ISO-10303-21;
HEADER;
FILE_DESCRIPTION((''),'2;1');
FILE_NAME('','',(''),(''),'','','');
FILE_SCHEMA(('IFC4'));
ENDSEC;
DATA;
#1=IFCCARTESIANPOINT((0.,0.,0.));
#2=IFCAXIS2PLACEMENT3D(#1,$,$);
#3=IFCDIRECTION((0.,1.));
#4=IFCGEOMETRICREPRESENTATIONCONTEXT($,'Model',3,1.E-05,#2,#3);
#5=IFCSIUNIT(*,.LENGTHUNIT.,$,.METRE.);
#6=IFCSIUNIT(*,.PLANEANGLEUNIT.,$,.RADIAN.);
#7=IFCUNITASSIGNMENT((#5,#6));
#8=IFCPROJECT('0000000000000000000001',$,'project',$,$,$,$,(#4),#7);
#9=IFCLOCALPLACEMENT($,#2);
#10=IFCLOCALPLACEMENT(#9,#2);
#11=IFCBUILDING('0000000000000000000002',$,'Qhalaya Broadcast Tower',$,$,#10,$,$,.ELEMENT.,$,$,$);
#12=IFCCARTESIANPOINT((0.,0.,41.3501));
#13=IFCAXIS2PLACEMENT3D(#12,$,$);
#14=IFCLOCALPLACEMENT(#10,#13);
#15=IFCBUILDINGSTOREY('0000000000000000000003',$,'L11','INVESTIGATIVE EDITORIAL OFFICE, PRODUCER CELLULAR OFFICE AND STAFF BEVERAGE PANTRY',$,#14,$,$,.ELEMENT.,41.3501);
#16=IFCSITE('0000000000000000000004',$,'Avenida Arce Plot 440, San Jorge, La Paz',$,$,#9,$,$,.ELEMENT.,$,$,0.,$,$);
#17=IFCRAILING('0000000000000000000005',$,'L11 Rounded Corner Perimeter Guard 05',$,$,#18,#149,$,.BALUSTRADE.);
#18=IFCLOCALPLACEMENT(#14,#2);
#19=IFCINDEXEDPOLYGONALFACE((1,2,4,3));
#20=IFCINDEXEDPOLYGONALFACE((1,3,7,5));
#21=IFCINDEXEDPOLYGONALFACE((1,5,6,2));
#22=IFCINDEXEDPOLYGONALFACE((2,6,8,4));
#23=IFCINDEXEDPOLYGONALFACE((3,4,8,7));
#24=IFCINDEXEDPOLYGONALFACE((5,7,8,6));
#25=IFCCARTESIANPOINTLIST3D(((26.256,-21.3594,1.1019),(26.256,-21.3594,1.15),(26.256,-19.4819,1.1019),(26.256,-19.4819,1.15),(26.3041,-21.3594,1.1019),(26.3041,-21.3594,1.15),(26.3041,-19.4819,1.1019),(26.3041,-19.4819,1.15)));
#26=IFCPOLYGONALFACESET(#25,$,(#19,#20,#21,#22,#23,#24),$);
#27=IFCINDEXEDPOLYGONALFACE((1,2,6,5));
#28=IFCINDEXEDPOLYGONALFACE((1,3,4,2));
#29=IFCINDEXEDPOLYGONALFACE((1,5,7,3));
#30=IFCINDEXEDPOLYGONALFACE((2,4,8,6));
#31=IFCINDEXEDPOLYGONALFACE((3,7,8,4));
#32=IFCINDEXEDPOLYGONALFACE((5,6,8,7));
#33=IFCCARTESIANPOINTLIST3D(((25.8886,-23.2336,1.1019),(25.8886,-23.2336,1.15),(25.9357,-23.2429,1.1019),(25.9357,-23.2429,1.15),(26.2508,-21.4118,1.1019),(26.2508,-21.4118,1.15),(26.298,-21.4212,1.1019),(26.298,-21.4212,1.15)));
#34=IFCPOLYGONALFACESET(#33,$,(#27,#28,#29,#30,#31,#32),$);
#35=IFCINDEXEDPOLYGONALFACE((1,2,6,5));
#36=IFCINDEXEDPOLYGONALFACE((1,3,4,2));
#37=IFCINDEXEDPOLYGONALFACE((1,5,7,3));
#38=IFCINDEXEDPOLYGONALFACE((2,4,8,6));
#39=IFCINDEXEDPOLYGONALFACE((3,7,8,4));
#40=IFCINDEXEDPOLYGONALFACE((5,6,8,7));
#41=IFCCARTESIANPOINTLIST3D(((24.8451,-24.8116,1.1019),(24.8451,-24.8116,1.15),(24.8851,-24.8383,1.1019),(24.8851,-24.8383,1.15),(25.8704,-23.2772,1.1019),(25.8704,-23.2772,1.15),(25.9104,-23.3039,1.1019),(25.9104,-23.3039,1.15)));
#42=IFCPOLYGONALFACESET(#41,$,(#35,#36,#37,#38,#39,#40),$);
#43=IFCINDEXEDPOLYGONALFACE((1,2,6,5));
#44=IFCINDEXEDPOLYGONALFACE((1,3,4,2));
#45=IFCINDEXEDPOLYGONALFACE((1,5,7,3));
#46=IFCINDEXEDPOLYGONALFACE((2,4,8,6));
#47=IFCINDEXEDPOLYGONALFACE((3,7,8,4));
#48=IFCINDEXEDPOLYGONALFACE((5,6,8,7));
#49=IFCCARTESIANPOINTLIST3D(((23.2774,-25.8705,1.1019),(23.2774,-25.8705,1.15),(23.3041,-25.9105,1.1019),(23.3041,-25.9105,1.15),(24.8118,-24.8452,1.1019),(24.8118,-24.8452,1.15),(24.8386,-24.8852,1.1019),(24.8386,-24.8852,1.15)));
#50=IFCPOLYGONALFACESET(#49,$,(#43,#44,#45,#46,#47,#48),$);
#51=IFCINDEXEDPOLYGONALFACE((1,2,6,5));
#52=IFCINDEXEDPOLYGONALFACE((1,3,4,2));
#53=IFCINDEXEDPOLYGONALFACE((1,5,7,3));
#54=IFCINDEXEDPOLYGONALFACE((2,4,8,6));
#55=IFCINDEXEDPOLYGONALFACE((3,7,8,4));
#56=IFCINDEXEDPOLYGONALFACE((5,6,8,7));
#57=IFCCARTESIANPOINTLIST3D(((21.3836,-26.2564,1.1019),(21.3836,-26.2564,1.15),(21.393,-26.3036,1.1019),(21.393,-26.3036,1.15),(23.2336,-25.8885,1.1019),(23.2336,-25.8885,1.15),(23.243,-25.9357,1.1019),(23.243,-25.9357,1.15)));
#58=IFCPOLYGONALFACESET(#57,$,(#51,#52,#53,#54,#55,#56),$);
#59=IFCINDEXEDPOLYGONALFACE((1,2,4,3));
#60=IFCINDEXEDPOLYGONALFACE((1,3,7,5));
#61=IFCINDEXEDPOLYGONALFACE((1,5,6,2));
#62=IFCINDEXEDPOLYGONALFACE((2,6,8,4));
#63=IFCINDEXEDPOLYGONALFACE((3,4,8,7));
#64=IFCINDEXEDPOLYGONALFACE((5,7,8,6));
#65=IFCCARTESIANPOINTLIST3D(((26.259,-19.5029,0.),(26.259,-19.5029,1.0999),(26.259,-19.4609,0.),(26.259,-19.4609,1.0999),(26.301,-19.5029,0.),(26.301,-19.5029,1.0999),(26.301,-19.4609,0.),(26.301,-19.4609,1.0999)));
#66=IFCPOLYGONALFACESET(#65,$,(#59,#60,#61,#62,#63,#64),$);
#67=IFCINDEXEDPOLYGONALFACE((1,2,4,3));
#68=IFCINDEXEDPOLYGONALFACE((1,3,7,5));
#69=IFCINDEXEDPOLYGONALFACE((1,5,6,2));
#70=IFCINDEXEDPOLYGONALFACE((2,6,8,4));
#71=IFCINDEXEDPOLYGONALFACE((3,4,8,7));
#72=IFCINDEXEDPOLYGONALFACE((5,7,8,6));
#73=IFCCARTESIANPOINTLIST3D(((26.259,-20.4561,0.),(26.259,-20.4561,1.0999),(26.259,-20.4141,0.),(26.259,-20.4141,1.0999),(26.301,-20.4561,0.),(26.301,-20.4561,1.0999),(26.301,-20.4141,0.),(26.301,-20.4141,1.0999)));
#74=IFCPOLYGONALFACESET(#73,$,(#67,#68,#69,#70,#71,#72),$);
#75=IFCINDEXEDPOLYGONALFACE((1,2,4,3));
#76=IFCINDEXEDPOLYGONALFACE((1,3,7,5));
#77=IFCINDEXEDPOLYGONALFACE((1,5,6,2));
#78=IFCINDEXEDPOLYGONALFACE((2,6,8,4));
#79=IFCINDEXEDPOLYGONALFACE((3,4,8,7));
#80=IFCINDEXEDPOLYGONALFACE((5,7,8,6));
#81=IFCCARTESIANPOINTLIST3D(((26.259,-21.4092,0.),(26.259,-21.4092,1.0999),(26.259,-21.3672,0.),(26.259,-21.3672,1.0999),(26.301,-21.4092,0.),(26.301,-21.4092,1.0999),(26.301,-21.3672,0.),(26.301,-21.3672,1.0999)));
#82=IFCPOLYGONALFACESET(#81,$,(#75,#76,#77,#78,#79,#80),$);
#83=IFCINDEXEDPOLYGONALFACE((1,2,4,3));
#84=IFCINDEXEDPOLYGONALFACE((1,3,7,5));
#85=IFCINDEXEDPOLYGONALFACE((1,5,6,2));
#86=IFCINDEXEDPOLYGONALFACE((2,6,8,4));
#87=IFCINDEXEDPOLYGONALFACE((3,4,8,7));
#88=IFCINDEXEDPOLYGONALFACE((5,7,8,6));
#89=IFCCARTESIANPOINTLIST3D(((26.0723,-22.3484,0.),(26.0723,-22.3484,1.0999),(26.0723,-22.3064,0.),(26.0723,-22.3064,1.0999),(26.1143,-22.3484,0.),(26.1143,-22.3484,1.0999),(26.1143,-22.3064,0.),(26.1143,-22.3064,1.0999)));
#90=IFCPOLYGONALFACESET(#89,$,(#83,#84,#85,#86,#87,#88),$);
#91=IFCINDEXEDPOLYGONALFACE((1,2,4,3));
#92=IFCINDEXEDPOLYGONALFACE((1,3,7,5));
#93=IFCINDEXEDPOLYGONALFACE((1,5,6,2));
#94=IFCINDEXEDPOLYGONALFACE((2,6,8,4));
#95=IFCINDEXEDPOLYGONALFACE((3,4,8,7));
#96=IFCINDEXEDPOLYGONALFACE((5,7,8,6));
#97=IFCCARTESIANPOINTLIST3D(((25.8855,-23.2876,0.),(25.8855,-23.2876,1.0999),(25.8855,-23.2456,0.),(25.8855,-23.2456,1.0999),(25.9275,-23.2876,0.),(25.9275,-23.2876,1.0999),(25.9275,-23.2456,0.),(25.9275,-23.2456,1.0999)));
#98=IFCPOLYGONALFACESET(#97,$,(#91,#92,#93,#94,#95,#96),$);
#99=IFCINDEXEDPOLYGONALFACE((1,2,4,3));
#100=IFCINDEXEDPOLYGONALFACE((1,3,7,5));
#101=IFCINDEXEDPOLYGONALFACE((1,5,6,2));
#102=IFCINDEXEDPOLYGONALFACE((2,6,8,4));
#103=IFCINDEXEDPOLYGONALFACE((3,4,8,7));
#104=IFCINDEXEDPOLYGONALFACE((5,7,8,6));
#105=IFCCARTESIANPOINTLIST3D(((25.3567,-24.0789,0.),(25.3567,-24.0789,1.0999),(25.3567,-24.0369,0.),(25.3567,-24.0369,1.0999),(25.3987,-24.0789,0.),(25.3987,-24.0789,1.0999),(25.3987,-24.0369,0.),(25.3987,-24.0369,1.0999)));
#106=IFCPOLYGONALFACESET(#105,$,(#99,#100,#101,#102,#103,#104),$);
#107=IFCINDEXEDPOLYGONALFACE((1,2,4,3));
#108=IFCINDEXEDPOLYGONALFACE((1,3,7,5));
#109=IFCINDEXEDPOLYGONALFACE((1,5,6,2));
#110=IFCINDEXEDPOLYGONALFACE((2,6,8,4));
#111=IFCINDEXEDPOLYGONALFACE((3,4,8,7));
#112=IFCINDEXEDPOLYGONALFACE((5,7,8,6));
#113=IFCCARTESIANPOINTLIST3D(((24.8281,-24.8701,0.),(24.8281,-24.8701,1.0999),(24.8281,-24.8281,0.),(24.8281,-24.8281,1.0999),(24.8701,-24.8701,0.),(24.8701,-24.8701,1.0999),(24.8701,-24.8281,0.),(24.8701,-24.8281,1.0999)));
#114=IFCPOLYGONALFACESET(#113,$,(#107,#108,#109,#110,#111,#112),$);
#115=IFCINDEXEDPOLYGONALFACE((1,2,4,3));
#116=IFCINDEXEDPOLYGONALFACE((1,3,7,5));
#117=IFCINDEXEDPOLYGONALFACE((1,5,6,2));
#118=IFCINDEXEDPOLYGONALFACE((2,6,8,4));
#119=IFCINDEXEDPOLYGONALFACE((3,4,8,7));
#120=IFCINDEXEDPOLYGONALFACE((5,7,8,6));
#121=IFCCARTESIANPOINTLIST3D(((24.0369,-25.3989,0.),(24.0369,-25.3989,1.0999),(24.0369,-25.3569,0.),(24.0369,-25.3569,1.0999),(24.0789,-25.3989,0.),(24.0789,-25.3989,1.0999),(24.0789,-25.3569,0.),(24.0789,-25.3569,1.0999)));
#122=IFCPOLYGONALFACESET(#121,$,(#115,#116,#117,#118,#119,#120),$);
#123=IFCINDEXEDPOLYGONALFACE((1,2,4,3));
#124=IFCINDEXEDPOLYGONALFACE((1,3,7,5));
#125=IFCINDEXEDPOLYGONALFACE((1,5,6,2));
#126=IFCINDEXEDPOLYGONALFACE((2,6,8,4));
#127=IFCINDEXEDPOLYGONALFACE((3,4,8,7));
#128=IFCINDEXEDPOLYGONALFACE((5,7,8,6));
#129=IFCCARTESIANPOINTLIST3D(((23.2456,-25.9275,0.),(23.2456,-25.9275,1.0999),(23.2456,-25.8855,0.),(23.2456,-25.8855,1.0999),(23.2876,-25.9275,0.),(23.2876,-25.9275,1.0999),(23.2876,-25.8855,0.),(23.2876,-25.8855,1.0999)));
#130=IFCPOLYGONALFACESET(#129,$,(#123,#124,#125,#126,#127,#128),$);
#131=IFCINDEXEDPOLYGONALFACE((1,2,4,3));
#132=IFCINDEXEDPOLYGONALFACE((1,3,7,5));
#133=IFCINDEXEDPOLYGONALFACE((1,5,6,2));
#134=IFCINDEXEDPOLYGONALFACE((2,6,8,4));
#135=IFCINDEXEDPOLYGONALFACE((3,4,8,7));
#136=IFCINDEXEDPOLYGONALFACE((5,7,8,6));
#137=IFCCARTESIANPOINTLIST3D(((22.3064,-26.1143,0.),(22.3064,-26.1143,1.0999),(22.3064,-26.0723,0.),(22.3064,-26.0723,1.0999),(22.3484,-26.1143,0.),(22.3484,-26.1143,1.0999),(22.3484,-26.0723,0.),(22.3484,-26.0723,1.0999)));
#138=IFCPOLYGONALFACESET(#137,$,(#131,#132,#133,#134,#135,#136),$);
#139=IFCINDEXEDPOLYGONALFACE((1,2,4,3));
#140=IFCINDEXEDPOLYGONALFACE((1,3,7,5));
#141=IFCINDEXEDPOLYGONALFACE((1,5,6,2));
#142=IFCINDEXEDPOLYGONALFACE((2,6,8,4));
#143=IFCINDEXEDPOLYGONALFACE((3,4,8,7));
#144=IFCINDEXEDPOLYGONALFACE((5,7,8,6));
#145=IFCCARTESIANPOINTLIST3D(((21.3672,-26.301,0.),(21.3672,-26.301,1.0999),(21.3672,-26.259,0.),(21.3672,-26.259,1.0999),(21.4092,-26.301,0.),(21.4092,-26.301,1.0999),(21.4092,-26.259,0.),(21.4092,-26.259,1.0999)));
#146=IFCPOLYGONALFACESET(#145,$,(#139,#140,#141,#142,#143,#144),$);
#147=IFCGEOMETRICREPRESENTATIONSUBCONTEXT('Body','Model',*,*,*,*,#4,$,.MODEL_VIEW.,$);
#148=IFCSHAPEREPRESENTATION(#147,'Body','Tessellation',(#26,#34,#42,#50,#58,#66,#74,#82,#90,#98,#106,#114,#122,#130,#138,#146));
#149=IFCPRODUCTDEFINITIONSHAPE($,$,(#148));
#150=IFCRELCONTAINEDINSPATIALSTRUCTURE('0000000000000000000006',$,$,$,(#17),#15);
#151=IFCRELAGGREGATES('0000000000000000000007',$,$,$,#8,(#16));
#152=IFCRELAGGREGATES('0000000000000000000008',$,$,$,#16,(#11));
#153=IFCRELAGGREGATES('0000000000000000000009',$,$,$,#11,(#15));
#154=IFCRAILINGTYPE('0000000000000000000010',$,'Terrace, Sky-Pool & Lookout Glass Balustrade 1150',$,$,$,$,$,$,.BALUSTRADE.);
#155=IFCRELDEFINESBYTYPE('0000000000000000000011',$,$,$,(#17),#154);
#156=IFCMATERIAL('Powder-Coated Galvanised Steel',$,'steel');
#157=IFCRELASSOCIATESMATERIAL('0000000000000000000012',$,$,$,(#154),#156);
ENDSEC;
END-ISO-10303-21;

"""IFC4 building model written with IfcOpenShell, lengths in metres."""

from ifc_helpers import new_model, si_unit, direction, frame, origin, origin_2d, place, context, subcontext, project, spatial, rectangle, extrude, material, type_object, element, save


model = new_model("IFC4")

# Units and contexts
model_context = context("Model", 3, precision=1e-05, world=origin(), true_north=direction((0.0, 1.0)))
body_context = subcontext(model_context, "Body", "Model", "MODEL_VIEW")
ifc_project = project(units=[si_unit("LENGTHUNIT", "METRE"), si_unit("PLANEANGLEUNIT", "RADIAN")], contexts=[model_context])

# Site, building, storey
site_placement = place(None, origin())
site = spatial("IfcSite", under=ifc_project, at=site_placement, Name="Avenida Arce Plot 440, San Jorge, La Paz", CompositionType="ELEMENT", RefElevation=0.0)
building_placement = place(site_placement, origin())
building = spatial("IfcBuilding", under=site, at=building_placement, Name="Qhalaya Broadcast Tower", CompositionType="ELEMENT")
storey_placement = place(building_placement, frame((0.0, 0.0, 41.3501)))
storey = spatial("IfcBuildingStorey", under=building, at=storey_placement, Name="L11", Description="INVESTIGATIVE EDITORIAL OFFICE, PRODUCER CELLULAR OFFICE AND STAFF BEVERAGE PANTRY", CompositionType="ELEMENT", Elevation=41.3501)

# Railing
ifc_material_1 = material(Name="Powder-Coated Galvanised Steel", Category="steel")
railing_type = type_object("IfcRailingType", Name="Terrace, Sky-Pool & Lookout Glass Balustrade 1150", PredefinedType="BALUSTRADE", material=ifc_material_1)
railing_1_placement = place(storey_placement, frame((26.28, -19.4819, 0.0)))
element("IfcRailing", 1, at=railing_1_placement, inside=storey, type_object=railing_type, Name="L11 Rounded Corner Perimeter Guard 05", PredefinedType="BALUSTRADE", context=body_context, shape_type="SweptSolid", body=[
    extrude(rectangle(XDim=0.0481, YDim=0.0481, at=origin_2d()), frame((0.0, 0.0, 1.126), z_axis=(0.0, -1.0, 0.0), x_axis=(1.0, 0.0, 0.0)), (0.0, 0.0, 1.0), 1.8774),
    extrude(rectangle(XDim=0.0481, YDim=0.0481, at=origin_2d()), frame((-0.0056, -1.9346, 1.126), z_axis=(-0.195037, -0.980796, 0.0), x_axis=(0.980796, -0.195037, 0.0)), (0.0, 0.0, 1.0), 1.8574),
    extrude(rectangle(XDim=0.0481, YDim=0.0481, at=origin_2d()), frame((-0.3896, -3.8086, 1.126), z_axis=(-0.555558, -0.831478, 0.0), x_axis=(0.831478, -0.555558, 0.0)), (0.0, 0.0, 1.0), 1.8455),
    extrude(rectangle(XDim=0.0481, YDim=0.0481, at=origin_2d()), frame((-1.4548, -5.3833, 1.126), z_axis=(-0.831478, -0.555558, 0.0), x_axis=(0.555558, -0.831478, 0.0)), (0.0, 0.0, 1.0), 1.8455),
    extrude(rectangle(XDim=0.0481, YDim=0.0481, at=origin_2d()), frame((-3.0417, -6.4302, 1.126), z_axis=(-0.980796, -0.195037, 0.0), x_axis=(0.195037, -0.980796, 0.0)), (0.0, 0.0, 1.0), 1.8862),
    extrude(rectangle(XDim=0.042, YDim=0.042, at=origin_2d()), origin(), (0.0, 0.0, 1.0), 1.0999),
    extrude(rectangle(XDim=0.042, YDim=0.042, at=origin_2d()), frame((0.0, -0.9531, 0.0)), (0.0, 0.0, 1.0), 1.0999),
    extrude(rectangle(XDim=0.042, YDim=0.042, at=origin_2d()), frame((0.0, -1.9062, 0.0)), (0.0, 0.0, 1.0), 1.0999),
    extrude(rectangle(XDim=0.042, YDim=0.042, at=origin_2d()), frame((-0.1868, -2.8455, 0.0)), (0.0, 0.0, 1.0), 1.0999),
    extrude(rectangle(XDim=0.042, YDim=0.042, at=origin_2d()), frame((-0.3735, -3.7847, 0.0)), (0.0, 0.0, 1.0), 1.0999),
    extrude(rectangle(XDim=0.042, YDim=0.042, at=origin_2d()), frame((-0.9023, -4.5759, 0.0)), (0.0, 0.0, 1.0), 1.0999),
    extrude(rectangle(XDim=0.042, YDim=0.042, at=origin_2d()), frame((-1.4309, -5.3672, 0.0)), (0.0, 0.0, 1.0), 1.0999),
    extrude(rectangle(XDim=0.042, YDim=0.042, at=origin_2d()), frame((-2.2222, -5.896, 0.0)), (0.0, 0.0, 1.0), 1.0999),
    extrude(rectangle(XDim=0.042, YDim=0.042, at=origin_2d()), frame((-3.0134, -6.4246, 0.0)), (0.0, 0.0, 1.0), 1.0999),
    extrude(rectangle(XDim=0.042, YDim=0.042, at=origin_2d()), frame((-3.9526, -6.6113, 0.0)), (0.0, 0.0, 1.0), 1.0999),
    extrude(rectangle(XDim=0.042, YDim=0.042, at=origin_2d()), frame((-4.8918, -6.7981, 0.0)), (0.0, 0.0, 1.0), 1.0999),
])

save(model, "model.ifc")
